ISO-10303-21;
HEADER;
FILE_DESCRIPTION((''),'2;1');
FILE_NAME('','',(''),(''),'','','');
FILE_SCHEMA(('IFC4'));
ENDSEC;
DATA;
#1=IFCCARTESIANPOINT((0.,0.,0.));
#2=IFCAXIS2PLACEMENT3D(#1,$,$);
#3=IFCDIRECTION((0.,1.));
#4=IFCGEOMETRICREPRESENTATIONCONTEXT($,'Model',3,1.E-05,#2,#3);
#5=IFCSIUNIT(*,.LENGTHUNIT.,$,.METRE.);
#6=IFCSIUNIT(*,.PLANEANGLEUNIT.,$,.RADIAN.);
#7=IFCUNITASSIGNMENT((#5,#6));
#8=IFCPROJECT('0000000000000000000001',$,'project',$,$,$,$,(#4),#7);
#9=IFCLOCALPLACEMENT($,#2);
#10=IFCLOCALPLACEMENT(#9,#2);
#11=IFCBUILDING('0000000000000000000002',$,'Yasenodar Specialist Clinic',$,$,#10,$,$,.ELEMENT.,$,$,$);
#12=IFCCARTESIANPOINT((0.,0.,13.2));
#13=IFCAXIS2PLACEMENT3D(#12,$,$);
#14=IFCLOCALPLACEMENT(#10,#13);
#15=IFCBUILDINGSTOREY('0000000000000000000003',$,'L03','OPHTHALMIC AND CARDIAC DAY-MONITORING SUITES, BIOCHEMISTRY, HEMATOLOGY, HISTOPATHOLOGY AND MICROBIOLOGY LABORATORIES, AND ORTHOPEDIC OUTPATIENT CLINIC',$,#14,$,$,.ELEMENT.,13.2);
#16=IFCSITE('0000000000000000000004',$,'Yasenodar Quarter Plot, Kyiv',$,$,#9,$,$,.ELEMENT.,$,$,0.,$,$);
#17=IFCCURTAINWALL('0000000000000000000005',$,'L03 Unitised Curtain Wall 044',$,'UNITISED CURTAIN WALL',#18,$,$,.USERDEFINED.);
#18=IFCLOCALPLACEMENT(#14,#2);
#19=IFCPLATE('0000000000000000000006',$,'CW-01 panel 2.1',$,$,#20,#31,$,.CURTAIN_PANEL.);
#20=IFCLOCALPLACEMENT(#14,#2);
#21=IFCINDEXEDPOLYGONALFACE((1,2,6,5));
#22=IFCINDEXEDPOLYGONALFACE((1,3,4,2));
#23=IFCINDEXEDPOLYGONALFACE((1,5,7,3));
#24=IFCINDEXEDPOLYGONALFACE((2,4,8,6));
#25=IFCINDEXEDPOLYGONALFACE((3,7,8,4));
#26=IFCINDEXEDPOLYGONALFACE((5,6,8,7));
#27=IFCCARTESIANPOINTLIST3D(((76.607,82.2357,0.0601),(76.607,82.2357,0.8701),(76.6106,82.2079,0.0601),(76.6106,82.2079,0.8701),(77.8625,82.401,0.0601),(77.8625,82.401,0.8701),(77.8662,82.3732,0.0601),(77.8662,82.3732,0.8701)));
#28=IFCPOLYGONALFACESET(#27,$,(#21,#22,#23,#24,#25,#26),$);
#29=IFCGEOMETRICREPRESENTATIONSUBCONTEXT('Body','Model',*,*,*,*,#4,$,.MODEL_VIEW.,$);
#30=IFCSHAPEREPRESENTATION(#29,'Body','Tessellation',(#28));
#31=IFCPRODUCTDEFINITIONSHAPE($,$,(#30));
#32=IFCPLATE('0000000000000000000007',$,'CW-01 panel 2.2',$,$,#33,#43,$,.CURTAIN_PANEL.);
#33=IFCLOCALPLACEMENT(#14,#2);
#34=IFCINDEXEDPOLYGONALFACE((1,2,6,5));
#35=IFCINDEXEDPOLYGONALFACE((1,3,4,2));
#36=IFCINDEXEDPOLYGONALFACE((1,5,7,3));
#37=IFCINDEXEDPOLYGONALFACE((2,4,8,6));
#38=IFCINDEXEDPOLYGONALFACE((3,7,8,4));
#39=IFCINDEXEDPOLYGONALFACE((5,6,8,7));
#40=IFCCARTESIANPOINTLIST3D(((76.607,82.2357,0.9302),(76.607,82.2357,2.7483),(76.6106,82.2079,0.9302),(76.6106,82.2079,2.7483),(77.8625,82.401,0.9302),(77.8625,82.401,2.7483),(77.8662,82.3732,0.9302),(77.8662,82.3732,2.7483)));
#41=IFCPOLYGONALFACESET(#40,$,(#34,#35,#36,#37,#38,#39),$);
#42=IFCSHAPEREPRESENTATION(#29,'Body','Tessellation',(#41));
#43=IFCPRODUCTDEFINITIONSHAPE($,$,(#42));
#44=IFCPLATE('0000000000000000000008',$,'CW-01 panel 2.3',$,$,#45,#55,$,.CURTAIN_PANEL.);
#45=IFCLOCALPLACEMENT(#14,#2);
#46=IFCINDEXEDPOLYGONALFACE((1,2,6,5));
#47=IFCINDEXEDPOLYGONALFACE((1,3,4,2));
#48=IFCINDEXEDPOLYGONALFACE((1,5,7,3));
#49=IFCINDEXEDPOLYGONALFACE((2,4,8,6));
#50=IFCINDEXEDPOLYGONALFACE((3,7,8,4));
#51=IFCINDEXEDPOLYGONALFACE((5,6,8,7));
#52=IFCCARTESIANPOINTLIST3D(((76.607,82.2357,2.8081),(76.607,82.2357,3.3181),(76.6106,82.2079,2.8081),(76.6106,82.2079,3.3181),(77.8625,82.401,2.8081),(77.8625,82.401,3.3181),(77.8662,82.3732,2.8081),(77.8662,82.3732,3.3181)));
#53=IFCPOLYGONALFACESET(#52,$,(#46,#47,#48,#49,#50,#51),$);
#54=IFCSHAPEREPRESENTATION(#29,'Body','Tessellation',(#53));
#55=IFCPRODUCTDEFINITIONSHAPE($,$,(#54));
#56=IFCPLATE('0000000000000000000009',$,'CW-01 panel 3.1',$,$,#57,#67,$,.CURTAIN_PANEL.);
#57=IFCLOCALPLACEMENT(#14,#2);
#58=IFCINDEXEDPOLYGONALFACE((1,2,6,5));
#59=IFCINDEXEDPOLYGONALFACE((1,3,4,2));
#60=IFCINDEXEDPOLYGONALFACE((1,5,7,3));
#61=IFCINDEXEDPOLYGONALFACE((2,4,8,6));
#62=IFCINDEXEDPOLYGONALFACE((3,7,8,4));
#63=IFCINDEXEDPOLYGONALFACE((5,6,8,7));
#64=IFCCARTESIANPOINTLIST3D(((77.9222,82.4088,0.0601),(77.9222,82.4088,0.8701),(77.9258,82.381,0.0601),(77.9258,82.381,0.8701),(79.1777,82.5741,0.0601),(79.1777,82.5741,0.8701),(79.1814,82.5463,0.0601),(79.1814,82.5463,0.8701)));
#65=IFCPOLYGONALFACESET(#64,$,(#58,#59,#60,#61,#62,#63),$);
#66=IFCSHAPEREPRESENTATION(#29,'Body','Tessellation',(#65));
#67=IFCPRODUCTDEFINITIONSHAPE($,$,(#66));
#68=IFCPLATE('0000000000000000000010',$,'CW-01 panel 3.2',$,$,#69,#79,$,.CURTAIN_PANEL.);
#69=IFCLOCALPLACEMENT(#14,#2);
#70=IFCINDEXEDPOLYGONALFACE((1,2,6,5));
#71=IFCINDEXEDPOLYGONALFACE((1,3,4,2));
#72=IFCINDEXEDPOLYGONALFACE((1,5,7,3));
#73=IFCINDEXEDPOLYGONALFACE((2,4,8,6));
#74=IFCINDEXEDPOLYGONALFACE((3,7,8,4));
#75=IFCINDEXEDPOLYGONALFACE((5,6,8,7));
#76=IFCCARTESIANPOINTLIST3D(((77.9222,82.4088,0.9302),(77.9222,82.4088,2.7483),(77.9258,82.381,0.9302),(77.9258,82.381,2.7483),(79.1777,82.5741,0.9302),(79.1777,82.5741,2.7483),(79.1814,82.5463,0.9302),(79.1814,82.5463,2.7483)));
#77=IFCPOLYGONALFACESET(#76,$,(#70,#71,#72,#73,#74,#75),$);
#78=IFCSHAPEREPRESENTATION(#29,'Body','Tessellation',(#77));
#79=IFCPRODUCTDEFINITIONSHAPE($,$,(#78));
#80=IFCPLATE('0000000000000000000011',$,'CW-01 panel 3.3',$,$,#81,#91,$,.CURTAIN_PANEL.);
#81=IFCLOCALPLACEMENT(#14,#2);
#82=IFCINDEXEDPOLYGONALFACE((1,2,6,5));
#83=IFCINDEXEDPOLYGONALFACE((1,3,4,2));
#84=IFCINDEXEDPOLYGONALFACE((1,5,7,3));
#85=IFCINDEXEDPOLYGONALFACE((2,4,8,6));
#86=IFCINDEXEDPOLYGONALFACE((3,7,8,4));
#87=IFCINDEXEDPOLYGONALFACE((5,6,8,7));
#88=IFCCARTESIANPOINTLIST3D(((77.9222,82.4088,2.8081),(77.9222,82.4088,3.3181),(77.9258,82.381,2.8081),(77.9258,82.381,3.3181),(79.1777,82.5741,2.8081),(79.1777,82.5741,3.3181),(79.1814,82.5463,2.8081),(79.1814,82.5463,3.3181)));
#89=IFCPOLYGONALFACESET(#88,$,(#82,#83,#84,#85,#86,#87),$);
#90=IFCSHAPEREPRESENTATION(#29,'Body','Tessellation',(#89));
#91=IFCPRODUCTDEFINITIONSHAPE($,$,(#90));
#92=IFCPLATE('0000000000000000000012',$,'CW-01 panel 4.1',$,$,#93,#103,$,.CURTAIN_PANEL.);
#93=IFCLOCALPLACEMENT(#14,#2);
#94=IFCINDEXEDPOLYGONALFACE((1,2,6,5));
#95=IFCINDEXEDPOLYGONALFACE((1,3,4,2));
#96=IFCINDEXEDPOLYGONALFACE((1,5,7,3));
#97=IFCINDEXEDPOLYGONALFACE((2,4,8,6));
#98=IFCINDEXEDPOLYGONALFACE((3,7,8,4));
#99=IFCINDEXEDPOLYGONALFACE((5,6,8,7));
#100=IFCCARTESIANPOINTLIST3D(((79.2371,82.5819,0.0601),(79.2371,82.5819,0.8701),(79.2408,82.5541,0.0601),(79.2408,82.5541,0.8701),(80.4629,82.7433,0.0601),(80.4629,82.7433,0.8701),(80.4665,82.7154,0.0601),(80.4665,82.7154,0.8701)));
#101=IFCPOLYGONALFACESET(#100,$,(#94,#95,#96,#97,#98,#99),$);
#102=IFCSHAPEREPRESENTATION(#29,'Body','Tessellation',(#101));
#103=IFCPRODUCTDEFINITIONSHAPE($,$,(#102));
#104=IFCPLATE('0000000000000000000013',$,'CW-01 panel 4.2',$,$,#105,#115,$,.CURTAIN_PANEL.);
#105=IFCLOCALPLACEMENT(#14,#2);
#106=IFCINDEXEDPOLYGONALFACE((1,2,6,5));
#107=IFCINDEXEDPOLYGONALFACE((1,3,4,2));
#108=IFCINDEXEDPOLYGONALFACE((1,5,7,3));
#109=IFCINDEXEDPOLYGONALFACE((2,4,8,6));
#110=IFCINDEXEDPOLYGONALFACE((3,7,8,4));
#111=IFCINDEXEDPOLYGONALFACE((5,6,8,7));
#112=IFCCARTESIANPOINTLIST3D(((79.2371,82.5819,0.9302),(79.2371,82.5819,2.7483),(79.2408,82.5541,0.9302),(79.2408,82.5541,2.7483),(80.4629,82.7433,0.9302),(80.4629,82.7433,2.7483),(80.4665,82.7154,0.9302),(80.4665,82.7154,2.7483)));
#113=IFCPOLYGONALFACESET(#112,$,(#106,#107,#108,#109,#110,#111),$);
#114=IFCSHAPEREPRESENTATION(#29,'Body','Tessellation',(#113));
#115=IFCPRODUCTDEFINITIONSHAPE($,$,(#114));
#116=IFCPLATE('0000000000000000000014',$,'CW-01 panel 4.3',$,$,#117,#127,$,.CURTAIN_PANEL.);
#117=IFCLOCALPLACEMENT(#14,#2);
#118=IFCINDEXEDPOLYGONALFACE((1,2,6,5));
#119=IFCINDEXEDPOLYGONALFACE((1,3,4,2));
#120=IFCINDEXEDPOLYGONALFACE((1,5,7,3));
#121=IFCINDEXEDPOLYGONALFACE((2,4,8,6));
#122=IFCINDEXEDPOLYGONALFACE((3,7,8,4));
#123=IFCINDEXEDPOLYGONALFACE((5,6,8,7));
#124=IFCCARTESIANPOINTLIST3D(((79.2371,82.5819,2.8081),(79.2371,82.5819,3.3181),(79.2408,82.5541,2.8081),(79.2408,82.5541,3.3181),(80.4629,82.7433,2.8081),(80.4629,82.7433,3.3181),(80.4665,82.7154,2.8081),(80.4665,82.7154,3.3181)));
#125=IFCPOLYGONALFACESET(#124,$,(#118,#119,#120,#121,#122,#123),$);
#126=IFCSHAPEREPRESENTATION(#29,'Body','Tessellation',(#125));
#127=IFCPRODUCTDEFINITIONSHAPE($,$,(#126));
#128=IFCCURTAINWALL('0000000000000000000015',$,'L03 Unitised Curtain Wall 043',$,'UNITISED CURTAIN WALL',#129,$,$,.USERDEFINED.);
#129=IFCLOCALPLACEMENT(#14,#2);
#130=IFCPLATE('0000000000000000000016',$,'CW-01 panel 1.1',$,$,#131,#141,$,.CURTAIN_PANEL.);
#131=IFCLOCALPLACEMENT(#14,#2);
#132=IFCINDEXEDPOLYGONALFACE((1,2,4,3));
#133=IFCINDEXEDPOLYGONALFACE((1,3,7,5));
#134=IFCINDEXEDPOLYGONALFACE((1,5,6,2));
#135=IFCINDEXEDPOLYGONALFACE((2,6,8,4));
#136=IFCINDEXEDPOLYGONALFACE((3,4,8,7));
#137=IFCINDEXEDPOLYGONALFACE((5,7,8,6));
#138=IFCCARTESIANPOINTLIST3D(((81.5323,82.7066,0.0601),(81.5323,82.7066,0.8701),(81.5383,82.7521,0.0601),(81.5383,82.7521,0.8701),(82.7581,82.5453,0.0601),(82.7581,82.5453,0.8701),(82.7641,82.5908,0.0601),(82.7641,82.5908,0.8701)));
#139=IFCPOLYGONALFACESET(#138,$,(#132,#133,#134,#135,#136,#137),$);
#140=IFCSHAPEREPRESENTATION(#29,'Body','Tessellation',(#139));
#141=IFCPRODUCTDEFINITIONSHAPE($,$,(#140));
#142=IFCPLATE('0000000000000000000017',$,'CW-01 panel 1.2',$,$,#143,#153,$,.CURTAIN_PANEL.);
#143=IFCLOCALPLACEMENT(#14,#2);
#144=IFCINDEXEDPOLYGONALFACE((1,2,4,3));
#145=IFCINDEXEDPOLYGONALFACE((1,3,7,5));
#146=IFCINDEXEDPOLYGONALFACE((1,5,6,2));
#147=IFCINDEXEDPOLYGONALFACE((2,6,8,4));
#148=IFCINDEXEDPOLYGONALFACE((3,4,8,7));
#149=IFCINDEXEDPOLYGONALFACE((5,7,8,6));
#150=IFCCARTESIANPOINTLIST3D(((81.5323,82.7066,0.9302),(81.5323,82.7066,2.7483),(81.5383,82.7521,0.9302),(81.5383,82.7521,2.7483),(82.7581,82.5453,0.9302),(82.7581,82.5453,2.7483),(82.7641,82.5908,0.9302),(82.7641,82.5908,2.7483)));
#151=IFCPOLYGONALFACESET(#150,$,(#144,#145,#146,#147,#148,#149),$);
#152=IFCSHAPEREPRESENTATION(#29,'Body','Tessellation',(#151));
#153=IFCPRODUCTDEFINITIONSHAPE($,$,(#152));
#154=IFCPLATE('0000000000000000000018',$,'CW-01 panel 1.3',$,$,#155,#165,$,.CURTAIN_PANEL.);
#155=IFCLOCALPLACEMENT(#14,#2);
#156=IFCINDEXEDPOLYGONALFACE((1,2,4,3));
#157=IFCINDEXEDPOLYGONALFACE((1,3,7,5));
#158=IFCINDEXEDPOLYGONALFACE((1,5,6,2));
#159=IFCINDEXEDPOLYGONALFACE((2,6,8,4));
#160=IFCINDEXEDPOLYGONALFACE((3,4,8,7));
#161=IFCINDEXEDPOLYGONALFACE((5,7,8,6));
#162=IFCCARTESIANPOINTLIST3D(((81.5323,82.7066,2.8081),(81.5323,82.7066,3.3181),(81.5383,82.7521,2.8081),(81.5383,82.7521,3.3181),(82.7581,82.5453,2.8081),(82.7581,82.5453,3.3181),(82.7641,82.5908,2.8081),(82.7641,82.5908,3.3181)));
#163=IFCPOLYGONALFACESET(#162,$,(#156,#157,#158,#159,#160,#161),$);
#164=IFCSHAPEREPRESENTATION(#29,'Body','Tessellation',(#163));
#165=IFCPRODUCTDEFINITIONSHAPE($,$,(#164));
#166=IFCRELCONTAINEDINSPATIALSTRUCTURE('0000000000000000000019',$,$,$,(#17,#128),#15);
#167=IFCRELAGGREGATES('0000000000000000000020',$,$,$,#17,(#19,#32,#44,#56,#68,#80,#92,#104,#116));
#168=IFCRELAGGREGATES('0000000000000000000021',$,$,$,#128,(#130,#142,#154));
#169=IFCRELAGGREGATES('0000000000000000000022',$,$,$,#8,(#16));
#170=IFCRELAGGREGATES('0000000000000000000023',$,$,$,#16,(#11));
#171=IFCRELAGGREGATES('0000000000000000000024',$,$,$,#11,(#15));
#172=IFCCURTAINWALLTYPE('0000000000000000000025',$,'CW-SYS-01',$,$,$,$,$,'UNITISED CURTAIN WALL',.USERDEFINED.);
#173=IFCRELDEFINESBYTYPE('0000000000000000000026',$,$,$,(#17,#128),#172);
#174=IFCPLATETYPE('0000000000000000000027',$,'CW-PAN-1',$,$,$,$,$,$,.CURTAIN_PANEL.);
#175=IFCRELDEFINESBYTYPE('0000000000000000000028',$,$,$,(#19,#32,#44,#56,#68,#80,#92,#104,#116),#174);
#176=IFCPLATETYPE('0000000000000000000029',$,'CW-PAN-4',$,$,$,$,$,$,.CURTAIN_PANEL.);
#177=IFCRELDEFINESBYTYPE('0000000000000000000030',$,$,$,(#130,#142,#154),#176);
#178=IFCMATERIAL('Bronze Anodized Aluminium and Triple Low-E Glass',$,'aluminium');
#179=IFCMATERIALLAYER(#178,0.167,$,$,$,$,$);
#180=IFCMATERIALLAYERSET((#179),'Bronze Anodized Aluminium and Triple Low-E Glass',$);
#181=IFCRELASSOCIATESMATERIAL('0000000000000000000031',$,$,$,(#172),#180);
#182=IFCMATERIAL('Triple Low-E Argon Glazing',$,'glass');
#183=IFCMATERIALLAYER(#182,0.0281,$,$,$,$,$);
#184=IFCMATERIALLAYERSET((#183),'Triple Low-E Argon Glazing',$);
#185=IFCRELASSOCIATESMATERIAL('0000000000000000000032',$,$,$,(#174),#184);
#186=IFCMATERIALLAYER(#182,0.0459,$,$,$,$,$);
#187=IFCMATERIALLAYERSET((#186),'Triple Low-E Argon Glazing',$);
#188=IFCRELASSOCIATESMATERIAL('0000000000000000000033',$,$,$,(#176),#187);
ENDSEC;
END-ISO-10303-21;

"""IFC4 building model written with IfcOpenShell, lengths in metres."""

from ifc_helpers import new_model, si_unit, direction, frame, origin, origin_2d, place, context, subcontext, project, spatial, rectangle, extrude, material, layer, layer_set, type_object, element, aggregate, save


model = new_model("IFC4")

# Units and contexts
model_context = context("Model", 3, precision=1e-05, world=origin(), true_north=direction((0.0, 1.0)))
body_context = subcontext(model_context, "Body", "Model", "MODEL_VIEW")
ifc_project = project(units=[si_unit("LENGTHUNIT", "METRE"), si_unit("PLANEANGLEUNIT", "RADIAN")], contexts=[model_context])

# Site, building, storey
site_placement = place(None, origin())
site = spatial("IfcSite", under=ifc_project, at=site_placement, Name="Yasenodar Quarter Plot, Kyiv", CompositionType="ELEMENT", RefElevation=0.0)
building_placement = place(site_placement, origin())
building = spatial("IfcBuilding", under=site, at=building_placement, Name="Yasenodar Specialist Clinic", CompositionType="ELEMENT")
storey_placement = place(building_placement, frame((0.0, 0.0, 13.2)))
storey = spatial("IfcBuildingStorey", under=building, at=storey_placement, Name="L03", Description="OPHTHALMIC AND CARDIAC DAY-MONITORING SUITES, BIOCHEMISTRY, HEMATOLOGY, HISTOPATHOLOGY AND MICROBIOLOGY LABORATORIES, AND ORTHOPEDIC OUTPATIENT CLINIC", CompositionType="ELEMENT", Elevation=13.2)

# Curtain wall, plates
ifc_material_1 = material(Name="Bronze Anodized Aluminium and Triple Low-E Glass", Category="aluminium")
ifc_layer_1 = layer(ifc_material_1, 0.167)
ifc_layer_set_1 = layer_set([ifc_layer_1], Name="Bronze Anodized Aluminium and Triple Low-E Glass")
curtain_wall_type = type_object("IfcCurtainWallType", Name="CW-SYS-01", ElementType="UNITISED CURTAIN WALL", PredefinedType="USERDEFINED", material=ifc_layer_set_1)
curtain_wall_1_placement = place(storey_placement, origin())
curtain_wall_1 = element("IfcCurtainWall", 1, at=curtain_wall_1_placement, inside=storey, type_object=curtain_wall_type, Name="L03 Unitised Curtain Wall 044", ObjectType="UNITISED CURTAIN WALL", PredefinedType="USERDEFINED")
ifc_material_2 = material(Name="Triple Low-E Argon Glazing", Category="glass")
ifc_layer_2 = layer(ifc_material_2, 0.0281)
ifc_layer_set_2 = layer_set([ifc_layer_2], Name="Triple Low-E Argon Glazing")
plate_type_1 = type_object("IfcPlateType", Name="CW-PAN-1", PredefinedType="CURTAIN_PANEL", material=ifc_layer_set_2)
plate_1_placement = place(storey_placement, frame((77.2366, 82.3044, 0.0601), z_axis=(0.0, 0.0, 1.0), x_axis=(0.991447, 0.130512, 0.0)))
plate_1 = element("IfcPlate", 2, at=plate_1_placement, type_object=plate_type_1, Name="CW-01 panel 2.1", PredefinedType="CURTAIN_PANEL", context=body_context, shape_type="SweptSolid", body=[
    extrude(rectangle(XDim=1.2664, YDim=0.0281, at=origin_2d()), origin(), (0.0, 0.0, 1.0), 0.8101),
])
plate_2_placement = place(storey_placement, frame((77.2366, 82.3044, 0.9302), z_axis=(0.0, 0.0, 1.0), x_axis=(0.991447, 0.130512, 0.0)))
plate_2 = element("IfcPlate", 3, at=plate_2_placement, type_object=plate_type_1, Name="CW-01 panel 2.2", PredefinedType="CURTAIN_PANEL", context=body_context, shape_type="SweptSolid", body=[
    extrude(rectangle(XDim=1.2664, YDim=0.0281, at=origin_2d()), origin(), (0.0, 0.0, 1.0), 1.8181),
])
plate_3_placement = place(storey_placement, frame((77.2366, 82.3044, 2.8081), z_axis=(0.0, 0.0, 1.0), x_axis=(0.991447, 0.130512, 0.0)))
plate_3 = element("IfcPlate", 4, at=plate_3_placement, type_object=plate_type_1, Name="CW-01 panel 2.3", PredefinedType="CURTAIN_PANEL", context=body_context, shape_type="SweptSolid", body=[
    extrude(rectangle(XDim=1.2664, YDim=0.0281, at=origin_2d()), origin(), (0.0, 0.0, 1.0), 0.51),
])
plate_4_placement = place(storey_placement, frame((78.5518, 82.4775, 0.0601), z_axis=(0.0, 0.0, 1.0), x_axis=(0.991447, 0.130512, 0.0)))
plate_4 = element("IfcPlate", 5, at=plate_4_placement, type_object=plate_type_1, Name="CW-01 panel 3.1", PredefinedType="CURTAIN_PANEL", context=body_context, shape_type="SweptSolid", body=[
    extrude(rectangle(XDim=1.2664, YDim=0.0281, at=origin_2d()), origin(), (0.0, 0.0, 1.0), 0.8101),
])
plate_5_placement = place(storey_placement, frame((78.5518, 82.4775, 0.9302), z_axis=(0.0, 0.0, 1.0), x_axis=(0.991447, 0.130512, 0.0)))
plate_5 = element("IfcPlate", 6, at=plate_5_placement, type_object=plate_type_1, Name="CW-01 panel 3.2", PredefinedType="CURTAIN_PANEL", context=body_context, shape_type="SweptSolid", body=[
    extrude(rectangle(XDim=1.2664, YDim=0.0281, at=origin_2d()), origin(), (0.0, 0.0, 1.0), 1.8181),
])
plate_6_placement = place(storey_placement, frame((78.5518, 82.4775, 2.8081), z_axis=(0.0, 0.0, 1.0), x_axis=(0.991447, 0.130512, 0.0)))
plate_6 = element("IfcPlate", 7, at=plate_6_placement, type_object=plate_type_1, Name="CW-01 panel 3.3", PredefinedType="CURTAIN_PANEL", context=body_context, shape_type="SweptSolid", body=[
    extrude(rectangle(XDim=1.2664, YDim=0.0281, at=origin_2d()), origin(), (0.0, 0.0, 1.0), 0.51),
])
plate_7_placement = place(storey_placement, frame((79.8518, 82.6487, 0.0601), z_axis=(0.0, 0.0, 1.0), x_axis=(0.991447, 0.130512, 0.0)))
plate_7 = element("IfcPlate", 8, at=plate_7_placement, type_object=plate_type_1, Name="CW-01 panel 4.1", PredefinedType="CURTAIN_PANEL", context=body_context, shape_type="SweptSolid", body=[
    extrude(rectangle(XDim=1.2363, YDim=0.0281, at=origin_2d()), origin(), (0.0, 0.0, 1.0), 0.8101),
])
plate_8_placement = place(storey_placement, frame((79.8518, 82.6487, 0.9302), z_axis=(0.0, 0.0, 1.0), x_axis=(0.991447, 0.130512, 0.0)))
plate_8 = element("IfcPlate", 9, at=plate_8_placement, type_object=plate_type_1, Name="CW-01 panel 4.2", PredefinedType="CURTAIN_PANEL", context=body_context, shape_type="SweptSolid", body=[
    extrude(rectangle(XDim=1.2363, YDim=0.0281, at=origin_2d()), origin(), (0.0, 0.0, 1.0), 1.8181),
])
plate_9_placement = place(storey_placement, frame((79.8518, 82.6487, 2.8081), z_axis=(0.0, 0.0, 1.0), x_axis=(0.991447, 0.130512, 0.0)))
plate_9 = element("IfcPlate", 10, at=plate_9_placement, type_object=plate_type_1, Name="CW-01 panel 4.3", PredefinedType="CURTAIN_PANEL", context=body_context, shape_type="SweptSolid", body=[
    extrude(rectangle(XDim=1.2363, YDim=0.0281, at=origin_2d()), origin(), (0.0, 0.0, 1.0), 0.51),
])
aggregate(curtain_wall_1, [plate_1, plate_2, plate_3, plate_4, plate_5, plate_6, plate_7, plate_8, plate_9])

# Curtain wall, plates
curtain_wall_2_placement = place(storey_placement, origin())
curtain_wall_2 = element("IfcCurtainWall", 11, at=curtain_wall_2_placement, inside=storey, type_object=curtain_wall_type, Name="L03 Unitised Curtain Wall 043", ObjectType="UNITISED CURTAIN WALL", PredefinedType="USERDEFINED")
ifc_layer_3 = layer(ifc_material_2, 0.0459)
ifc_layer_set_3 = layer_set([ifc_layer_3], Name="Triple Low-E Argon Glazing")
plate_type_2 = type_object("IfcPlateType", Name="CW-PAN-4", PredefinedType="CURTAIN_PANEL", material=ifc_layer_set_3)
plate_10_placement = place(storey_placement, frame((82.1482, 82.6487, 0.0601), z_axis=(0.0, 0.0, 1.0), x_axis=(0.991447, -0.130512, 0.0)))
plate_10 = element("IfcPlate", 12, at=plate_10_placement, type_object=plate_type_2, Name="CW-01 panel 1.1", PredefinedType="CURTAIN_PANEL", context=body_context, shape_type="SweptSolid", body=[
    extrude(rectangle(XDim=1.2363, YDim=0.0459, at=origin_2d()), origin(), (0.0, 0.0, 1.0), 0.8101),
])
plate_11_placement = place(storey_placement, frame((82.1482, 82.6487, 0.9302), z_axis=(0.0, 0.0, 1.0), x_axis=(0.991447, -0.130512, 0.0)))
plate_11 = element("IfcPlate", 13, at=plate_11_placement, type_object=plate_type_2, Name="CW-01 panel 1.2", PredefinedType="CURTAIN_PANEL", context=body_context, shape_type="SweptSolid", body=[
    extrude(rectangle(XDim=1.2363, YDim=0.0459, at=origin_2d()), origin(), (0.0, 0.0, 1.0), 1.8181),
])
plate_12_placement = place(storey_placement, frame((82.1482, 82.6487, 2.8081), z_axis=(0.0, 0.0, 1.0), x_axis=(0.991447, -0.130512, 0.0)))
plate_12 = element("IfcPlate", 14, at=plate_12_placement, type_object=plate_type_2, Name="CW-01 panel 1.3", PredefinedType="CURTAIN_PANEL", context=body_context, shape_type="SweptSolid", body=[
    extrude(rectangle(XDim=1.2363, YDim=0.0459, at=origin_2d()), origin(), (0.0, 0.0, 1.0), 0.51),
])
aggregate(curtain_wall_2, [plate_10, plate_11, plate_12])

save(model, "model.ifc")
